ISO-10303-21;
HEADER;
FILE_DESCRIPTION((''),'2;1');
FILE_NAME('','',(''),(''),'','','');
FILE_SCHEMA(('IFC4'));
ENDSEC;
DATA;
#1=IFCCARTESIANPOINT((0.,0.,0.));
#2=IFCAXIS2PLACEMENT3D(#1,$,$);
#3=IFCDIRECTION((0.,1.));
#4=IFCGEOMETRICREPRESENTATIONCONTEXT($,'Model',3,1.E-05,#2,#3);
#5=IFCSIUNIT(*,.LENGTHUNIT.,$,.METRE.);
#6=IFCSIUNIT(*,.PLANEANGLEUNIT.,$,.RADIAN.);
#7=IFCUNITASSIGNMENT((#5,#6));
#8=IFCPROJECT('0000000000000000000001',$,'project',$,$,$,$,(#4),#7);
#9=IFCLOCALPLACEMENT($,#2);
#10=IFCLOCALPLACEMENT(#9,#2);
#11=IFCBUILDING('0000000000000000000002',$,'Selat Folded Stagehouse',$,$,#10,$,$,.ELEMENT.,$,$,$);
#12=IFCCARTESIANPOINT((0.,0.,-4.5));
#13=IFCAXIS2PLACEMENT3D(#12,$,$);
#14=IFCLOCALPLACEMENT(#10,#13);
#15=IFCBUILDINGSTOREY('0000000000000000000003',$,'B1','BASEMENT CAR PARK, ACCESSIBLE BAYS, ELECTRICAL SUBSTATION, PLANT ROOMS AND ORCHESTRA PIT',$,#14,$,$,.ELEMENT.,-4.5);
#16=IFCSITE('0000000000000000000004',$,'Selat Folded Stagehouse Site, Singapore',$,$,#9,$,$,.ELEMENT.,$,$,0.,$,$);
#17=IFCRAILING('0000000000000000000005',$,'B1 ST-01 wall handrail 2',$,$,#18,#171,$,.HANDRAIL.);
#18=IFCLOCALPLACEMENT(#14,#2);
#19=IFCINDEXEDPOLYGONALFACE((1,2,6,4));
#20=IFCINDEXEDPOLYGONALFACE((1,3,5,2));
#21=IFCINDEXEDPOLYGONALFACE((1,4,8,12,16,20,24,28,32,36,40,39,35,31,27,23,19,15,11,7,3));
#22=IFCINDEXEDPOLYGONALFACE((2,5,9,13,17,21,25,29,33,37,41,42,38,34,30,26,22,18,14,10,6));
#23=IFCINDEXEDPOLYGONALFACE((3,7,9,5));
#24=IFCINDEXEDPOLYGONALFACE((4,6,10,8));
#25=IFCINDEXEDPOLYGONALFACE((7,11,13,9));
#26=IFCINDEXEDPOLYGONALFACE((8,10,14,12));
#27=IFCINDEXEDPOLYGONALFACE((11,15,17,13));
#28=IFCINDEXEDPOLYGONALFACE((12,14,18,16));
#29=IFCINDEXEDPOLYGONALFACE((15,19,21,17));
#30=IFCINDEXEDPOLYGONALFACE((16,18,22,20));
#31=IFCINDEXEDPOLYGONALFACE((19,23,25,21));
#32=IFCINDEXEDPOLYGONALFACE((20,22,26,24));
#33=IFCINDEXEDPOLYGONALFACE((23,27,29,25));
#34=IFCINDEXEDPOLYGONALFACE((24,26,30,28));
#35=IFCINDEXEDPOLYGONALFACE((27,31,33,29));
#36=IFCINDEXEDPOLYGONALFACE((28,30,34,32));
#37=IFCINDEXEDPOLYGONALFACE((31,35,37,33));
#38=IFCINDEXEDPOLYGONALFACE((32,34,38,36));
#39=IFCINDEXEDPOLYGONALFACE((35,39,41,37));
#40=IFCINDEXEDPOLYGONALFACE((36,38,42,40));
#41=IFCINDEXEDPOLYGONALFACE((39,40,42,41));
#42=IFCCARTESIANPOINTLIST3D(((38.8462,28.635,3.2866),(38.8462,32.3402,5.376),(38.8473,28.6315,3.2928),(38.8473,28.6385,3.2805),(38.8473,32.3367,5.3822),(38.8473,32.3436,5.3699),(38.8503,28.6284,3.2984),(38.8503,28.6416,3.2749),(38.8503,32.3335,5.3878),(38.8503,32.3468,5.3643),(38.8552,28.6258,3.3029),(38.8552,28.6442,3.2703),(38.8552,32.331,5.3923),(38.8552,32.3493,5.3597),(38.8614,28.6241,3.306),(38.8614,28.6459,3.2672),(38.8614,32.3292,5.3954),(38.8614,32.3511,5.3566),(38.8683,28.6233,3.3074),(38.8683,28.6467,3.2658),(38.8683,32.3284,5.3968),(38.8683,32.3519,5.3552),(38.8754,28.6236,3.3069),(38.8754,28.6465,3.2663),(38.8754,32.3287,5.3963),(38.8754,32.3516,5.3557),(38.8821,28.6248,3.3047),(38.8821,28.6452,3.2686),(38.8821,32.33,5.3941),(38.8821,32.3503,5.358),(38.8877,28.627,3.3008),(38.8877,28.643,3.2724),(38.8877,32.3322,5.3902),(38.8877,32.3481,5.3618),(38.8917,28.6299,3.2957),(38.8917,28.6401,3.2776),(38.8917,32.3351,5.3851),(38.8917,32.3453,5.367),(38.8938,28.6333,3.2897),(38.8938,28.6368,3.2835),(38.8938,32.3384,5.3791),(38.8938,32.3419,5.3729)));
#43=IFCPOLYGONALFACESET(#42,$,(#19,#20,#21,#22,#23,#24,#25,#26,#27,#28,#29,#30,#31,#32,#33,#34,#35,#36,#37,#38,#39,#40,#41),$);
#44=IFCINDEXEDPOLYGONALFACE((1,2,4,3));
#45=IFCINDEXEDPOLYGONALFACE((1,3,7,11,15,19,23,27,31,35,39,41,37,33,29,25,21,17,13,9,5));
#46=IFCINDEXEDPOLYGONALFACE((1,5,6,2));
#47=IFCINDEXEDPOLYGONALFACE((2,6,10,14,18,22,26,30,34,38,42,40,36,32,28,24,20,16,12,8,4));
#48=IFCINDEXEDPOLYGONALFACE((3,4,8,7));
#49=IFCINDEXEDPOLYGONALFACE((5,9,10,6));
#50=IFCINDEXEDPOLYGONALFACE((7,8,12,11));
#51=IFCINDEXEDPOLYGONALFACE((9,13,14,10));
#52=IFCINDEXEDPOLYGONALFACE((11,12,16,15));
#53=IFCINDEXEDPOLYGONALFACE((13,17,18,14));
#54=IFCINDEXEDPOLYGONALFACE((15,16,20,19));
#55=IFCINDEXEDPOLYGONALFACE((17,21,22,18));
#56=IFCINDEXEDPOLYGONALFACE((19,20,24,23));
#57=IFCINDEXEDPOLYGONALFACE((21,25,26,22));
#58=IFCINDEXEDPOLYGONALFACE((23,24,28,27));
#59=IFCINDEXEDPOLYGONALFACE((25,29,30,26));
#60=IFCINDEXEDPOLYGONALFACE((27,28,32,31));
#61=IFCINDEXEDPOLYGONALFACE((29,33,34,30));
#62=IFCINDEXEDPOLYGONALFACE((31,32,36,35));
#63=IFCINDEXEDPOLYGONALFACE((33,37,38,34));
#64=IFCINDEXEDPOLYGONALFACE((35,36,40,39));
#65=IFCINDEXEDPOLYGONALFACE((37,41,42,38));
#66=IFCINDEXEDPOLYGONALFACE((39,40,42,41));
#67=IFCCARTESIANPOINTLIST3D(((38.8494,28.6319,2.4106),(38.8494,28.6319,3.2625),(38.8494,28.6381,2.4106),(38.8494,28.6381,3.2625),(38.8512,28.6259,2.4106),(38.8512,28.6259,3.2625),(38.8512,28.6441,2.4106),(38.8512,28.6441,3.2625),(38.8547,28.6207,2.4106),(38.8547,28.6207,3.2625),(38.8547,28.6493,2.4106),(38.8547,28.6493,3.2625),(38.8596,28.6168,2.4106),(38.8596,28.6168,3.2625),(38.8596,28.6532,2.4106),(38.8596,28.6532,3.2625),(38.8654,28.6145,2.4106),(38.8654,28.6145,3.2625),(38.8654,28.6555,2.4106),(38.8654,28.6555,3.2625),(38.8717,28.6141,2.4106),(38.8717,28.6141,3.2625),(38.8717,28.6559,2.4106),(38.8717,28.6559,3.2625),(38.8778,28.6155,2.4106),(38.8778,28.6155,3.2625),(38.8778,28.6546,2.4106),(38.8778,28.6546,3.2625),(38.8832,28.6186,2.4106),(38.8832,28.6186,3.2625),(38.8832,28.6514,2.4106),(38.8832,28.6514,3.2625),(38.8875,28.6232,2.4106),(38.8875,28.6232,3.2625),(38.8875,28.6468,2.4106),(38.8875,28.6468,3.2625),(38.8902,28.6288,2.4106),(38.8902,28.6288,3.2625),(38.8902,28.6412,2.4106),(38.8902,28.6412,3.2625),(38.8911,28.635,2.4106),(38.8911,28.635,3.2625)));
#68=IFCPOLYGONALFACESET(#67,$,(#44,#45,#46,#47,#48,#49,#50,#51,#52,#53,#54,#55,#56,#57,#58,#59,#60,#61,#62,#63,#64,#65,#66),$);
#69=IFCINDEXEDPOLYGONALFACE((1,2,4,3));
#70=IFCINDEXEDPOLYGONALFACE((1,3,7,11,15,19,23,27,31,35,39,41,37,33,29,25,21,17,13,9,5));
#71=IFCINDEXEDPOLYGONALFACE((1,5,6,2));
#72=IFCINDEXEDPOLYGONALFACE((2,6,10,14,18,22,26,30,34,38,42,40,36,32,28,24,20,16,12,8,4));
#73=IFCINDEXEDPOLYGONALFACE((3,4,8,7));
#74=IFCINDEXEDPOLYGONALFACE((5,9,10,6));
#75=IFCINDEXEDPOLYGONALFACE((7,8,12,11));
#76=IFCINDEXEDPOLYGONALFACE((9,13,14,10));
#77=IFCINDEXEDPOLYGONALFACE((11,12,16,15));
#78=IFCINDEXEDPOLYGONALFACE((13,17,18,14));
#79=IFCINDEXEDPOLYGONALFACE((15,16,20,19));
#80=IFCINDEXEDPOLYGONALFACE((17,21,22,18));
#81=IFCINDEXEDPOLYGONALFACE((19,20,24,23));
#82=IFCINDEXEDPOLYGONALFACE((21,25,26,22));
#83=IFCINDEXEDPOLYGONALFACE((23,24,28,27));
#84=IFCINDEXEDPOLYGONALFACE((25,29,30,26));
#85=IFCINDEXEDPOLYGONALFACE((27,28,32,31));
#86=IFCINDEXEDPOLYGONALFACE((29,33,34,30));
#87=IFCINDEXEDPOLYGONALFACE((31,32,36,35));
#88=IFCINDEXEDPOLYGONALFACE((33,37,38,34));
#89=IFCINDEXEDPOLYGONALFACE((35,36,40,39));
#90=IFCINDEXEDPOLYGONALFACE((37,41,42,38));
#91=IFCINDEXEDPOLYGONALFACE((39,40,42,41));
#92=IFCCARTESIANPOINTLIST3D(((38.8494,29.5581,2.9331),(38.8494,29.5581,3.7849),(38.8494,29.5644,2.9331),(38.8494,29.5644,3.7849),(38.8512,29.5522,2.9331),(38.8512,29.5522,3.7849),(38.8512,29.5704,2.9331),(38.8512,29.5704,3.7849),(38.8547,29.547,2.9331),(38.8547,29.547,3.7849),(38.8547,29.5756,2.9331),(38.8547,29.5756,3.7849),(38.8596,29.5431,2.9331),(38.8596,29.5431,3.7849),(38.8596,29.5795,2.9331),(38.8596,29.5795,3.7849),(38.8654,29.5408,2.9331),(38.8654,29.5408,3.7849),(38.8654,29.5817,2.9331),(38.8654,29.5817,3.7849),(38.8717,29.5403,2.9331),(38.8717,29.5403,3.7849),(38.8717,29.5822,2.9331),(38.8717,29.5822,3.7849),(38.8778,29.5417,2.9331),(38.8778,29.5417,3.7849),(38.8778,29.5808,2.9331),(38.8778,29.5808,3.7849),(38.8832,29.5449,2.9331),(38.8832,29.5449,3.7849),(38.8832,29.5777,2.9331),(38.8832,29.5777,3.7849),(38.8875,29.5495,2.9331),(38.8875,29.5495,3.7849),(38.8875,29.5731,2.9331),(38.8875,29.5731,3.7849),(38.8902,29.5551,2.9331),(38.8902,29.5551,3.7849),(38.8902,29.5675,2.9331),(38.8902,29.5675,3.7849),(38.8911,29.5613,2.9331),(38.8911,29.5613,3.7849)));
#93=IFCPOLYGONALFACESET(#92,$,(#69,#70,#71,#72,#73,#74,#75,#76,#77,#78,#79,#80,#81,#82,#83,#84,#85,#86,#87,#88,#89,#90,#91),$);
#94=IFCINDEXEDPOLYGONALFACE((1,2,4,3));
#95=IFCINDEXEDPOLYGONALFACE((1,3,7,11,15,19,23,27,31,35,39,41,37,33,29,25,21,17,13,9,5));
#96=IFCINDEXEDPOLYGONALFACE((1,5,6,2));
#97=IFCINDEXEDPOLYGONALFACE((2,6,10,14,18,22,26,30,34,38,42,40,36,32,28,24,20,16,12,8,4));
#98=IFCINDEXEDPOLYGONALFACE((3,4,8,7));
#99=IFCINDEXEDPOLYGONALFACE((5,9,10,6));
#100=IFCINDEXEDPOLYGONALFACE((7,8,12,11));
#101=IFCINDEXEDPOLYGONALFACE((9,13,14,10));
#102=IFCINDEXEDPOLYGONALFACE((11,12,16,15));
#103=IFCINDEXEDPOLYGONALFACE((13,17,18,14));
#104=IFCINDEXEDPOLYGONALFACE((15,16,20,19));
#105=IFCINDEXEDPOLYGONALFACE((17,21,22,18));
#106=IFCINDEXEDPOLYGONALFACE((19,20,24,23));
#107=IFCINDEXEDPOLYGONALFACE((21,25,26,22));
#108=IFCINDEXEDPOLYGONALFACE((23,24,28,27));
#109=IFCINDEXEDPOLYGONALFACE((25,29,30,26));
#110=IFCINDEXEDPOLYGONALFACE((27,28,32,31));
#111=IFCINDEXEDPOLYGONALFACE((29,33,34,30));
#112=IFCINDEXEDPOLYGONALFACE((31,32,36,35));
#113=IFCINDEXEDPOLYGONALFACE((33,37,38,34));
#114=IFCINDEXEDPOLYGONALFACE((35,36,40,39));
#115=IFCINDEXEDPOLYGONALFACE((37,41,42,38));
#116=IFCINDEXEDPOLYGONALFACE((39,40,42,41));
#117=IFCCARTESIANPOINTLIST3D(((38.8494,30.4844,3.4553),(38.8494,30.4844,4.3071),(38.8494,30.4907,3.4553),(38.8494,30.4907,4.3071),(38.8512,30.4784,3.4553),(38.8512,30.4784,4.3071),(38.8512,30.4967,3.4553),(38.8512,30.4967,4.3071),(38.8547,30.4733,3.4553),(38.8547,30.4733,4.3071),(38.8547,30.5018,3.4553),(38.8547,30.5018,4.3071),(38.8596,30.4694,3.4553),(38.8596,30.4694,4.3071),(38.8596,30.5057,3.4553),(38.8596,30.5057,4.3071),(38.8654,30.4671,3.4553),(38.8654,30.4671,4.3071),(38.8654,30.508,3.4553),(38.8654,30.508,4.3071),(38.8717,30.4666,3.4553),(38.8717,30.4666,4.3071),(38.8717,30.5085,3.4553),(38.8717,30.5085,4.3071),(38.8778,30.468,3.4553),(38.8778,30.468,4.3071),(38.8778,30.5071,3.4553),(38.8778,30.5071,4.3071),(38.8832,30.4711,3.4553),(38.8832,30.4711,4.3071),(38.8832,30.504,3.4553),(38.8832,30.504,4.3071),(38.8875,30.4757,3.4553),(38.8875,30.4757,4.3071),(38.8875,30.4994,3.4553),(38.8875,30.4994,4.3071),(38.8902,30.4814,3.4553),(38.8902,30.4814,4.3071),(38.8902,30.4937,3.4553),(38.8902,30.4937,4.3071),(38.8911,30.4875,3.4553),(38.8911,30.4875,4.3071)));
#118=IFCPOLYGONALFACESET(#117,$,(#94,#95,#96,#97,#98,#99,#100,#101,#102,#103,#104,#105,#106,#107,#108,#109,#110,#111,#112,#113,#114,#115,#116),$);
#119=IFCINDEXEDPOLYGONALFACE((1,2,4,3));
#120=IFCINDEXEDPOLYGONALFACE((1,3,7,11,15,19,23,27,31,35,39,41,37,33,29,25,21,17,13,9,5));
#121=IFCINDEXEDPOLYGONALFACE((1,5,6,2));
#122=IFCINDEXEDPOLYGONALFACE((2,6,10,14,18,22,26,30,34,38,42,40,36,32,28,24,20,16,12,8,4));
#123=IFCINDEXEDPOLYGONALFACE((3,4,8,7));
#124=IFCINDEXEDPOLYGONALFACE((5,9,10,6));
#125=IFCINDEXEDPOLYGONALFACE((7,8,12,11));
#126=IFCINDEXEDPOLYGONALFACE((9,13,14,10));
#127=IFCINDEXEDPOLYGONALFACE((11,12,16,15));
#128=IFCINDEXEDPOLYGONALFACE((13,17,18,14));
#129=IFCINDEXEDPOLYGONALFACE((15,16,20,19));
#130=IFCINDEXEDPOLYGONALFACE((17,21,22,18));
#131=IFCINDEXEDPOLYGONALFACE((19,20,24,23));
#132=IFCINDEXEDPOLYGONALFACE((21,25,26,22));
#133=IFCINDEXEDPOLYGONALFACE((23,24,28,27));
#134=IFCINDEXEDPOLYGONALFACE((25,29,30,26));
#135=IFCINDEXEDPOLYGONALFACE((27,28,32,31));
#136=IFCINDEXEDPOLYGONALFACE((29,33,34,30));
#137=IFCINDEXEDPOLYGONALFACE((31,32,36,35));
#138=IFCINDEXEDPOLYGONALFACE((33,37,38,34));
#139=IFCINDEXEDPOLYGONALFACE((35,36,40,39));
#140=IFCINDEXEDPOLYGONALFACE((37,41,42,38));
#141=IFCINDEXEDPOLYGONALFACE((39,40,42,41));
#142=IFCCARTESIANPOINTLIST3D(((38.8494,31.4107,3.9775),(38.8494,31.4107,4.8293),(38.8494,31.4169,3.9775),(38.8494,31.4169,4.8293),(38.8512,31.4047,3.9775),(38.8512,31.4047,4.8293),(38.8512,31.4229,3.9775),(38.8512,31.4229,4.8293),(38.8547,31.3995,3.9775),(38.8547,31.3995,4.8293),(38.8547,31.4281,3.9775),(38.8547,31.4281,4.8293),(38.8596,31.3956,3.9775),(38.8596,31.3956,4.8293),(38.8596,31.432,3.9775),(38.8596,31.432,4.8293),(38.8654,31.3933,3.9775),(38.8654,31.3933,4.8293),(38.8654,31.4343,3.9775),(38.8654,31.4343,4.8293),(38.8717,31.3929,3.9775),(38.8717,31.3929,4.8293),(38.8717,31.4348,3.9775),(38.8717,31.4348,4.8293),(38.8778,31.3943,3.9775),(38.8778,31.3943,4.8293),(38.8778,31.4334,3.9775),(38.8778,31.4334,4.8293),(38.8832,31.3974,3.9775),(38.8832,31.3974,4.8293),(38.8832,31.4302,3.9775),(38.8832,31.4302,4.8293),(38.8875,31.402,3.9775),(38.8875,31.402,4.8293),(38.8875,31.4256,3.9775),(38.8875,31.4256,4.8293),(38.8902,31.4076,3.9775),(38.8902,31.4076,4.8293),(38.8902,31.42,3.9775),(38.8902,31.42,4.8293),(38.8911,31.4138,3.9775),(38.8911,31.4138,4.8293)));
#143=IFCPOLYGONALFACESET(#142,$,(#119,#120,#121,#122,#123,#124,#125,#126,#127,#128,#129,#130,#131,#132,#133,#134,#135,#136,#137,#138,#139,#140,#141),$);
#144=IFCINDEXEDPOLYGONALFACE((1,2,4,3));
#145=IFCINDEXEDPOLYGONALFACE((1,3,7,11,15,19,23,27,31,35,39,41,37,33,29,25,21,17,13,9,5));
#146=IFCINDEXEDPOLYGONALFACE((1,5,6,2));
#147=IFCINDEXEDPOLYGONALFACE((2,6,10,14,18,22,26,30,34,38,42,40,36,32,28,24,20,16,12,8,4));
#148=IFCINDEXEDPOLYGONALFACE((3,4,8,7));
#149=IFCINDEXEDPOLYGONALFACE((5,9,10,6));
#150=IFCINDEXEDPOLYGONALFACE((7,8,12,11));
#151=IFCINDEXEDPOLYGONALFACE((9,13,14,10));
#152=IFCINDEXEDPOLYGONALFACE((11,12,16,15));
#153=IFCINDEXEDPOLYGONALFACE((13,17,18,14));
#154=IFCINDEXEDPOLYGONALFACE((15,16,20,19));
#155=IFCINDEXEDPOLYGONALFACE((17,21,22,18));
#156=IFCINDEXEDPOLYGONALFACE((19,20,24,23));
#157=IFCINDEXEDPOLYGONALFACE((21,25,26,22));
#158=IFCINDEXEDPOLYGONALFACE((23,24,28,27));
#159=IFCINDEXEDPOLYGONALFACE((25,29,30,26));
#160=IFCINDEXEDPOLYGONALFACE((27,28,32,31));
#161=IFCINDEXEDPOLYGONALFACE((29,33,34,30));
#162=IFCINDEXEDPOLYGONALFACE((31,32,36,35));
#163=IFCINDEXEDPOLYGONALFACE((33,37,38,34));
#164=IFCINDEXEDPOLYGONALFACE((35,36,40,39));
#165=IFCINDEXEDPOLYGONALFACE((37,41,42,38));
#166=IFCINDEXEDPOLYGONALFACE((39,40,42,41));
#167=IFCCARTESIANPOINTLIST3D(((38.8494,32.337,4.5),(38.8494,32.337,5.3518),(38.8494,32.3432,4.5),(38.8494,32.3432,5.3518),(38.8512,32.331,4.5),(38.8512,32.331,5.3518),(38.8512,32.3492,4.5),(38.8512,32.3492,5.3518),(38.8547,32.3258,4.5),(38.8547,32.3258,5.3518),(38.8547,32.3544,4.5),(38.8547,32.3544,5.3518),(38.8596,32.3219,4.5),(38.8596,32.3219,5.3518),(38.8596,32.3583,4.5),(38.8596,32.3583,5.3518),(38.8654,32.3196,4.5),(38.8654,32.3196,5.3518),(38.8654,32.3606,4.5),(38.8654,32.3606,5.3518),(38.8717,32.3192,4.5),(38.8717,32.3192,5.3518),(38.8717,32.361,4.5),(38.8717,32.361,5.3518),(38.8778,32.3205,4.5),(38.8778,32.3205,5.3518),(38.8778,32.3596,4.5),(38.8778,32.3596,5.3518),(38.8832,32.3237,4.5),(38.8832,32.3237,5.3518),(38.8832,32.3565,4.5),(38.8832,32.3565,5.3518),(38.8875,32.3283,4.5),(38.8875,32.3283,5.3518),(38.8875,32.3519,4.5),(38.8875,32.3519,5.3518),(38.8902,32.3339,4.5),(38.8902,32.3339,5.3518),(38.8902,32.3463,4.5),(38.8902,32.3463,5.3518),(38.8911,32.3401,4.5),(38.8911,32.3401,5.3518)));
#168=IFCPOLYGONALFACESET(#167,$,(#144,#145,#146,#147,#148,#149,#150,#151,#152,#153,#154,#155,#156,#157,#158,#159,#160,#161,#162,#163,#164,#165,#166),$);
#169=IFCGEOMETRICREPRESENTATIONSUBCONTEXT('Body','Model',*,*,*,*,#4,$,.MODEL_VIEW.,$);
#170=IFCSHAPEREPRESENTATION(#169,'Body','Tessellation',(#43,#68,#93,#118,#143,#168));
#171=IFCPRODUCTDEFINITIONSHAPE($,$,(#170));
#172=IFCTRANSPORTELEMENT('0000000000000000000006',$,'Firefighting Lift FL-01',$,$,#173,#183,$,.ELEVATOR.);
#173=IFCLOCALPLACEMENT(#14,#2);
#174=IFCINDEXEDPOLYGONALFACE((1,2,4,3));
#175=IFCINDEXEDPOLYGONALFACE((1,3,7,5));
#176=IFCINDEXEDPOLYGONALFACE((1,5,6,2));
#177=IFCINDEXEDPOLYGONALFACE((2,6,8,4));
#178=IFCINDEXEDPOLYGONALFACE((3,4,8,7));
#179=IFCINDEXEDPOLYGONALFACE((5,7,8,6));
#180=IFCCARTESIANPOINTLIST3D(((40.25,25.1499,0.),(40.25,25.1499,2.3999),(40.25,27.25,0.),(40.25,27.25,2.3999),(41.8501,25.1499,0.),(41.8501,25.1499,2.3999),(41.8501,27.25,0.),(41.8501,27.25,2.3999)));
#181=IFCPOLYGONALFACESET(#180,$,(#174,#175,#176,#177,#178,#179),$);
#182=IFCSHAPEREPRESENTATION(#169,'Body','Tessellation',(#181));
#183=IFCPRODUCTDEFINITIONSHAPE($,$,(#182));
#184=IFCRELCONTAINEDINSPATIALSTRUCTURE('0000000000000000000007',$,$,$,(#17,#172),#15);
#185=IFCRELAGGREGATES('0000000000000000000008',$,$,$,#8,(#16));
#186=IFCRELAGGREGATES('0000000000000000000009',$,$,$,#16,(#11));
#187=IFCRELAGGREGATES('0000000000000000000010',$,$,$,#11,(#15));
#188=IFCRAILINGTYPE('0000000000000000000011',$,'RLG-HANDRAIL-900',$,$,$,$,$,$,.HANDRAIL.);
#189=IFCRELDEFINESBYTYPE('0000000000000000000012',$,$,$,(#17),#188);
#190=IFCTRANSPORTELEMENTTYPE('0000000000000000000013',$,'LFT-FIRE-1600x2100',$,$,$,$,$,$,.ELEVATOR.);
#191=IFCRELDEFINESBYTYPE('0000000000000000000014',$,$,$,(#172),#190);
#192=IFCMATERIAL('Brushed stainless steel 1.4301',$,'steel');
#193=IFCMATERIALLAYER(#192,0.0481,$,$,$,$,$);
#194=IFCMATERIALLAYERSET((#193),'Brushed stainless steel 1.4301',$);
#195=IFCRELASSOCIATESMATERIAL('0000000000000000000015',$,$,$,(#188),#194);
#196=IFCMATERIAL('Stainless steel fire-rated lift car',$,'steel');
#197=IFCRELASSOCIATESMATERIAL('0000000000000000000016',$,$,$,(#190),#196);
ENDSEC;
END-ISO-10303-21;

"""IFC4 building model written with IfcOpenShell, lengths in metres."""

from ifc_helpers import new_model, si_unit, direction, frame, origin, origin_2d, place, context, subcontext, project, spatial, rectangle, circle, extrude, material, layer, layer_set, type_object, element, save


model = new_model("IFC4")

# Units and contexts
model_context = context("Model", 3, precision=1e-05, world=origin(), true_north=direction((0.0, 1.0)))
body_context = subcontext(model_context, "Body", "Model", "MODEL_VIEW")
ifc_project = project(units=[si_unit("LENGTHUNIT", "METRE"), si_unit("PLANEANGLEUNIT", "RADIAN")], contexts=[model_context])

# Site, building, storey
site_placement = place(None, origin())
site = spatial("IfcSite", under=ifc_project, at=site_placement, Name="Selat Folded Stagehouse Site, Singapore", CompositionType="ELEMENT", RefElevation=0.0)
building_placement = place(site_placement, origin())
building = spatial("IfcBuilding", under=site, at=building_placement, Name="Selat Folded Stagehouse", CompositionType="ELEMENT")
storey_placement = place(building_placement, frame((0.0, 0.0, -4.5)))
storey = spatial("IfcBuildingStorey", under=building, at=storey_placement, Name="B1", Description="BASEMENT CAR PARK, ACCESSIBLE BAYS, ELECTRICAL SUBSTATION, PLANT ROOMS AND ORCHESTRA PIT", CompositionType="ELEMENT", Elevation=-4.5)

# Railing
ifc_material_1 = material(Name="Brushed stainless steel 1.4301", Category="steel")
ifc_layer_1 = layer(ifc_material_1, 0.0481)
ifc_layer_set_1 = layer_set([ifc_layer_1], Name="Brushed stainless steel 1.4301")
railing_type_1 = type_object("IfcRailingType", Name="RLG-HANDRAIL-900", PredefinedType="HANDRAIL", material=ifc_layer_set_1)
railing_1_placement = place(storey_placement, frame((38.8701, 28.635, 2.4106)))
element("IfcRailing", 1, at=railing_1_placement, inside=storey, type_object=railing_type_1, Name="B1 ST-01 wall handrail 2", PredefinedType="HANDRAIL", context=body_context, shape_type="SweptSolid", body=[
    extrude(circle(Radius=0.0239, at=origin_2d()), frame((0.0, 0.0, 0.876), z_axis=(0.0, 0.871048, 0.491198), x_axis=(-1.0, 0.0, 0.0)), (0.0, 0.0, 1.0), 4.2537),
    extrude(circle(Radius=0.021, at=origin_2d()), origin(), (0.0, 0.0, 1.0), 0.8518),
    extrude(circle(Radius=0.021, at=origin_2d()), frame((0.0, 0.9263, 0.5225)), (0.0, 0.0, 1.0), 0.8518),
    extrude(circle(Radius=0.021, at=origin_2d()), frame((0.0, 1.8525, 1.0447)), (0.0, 0.0, 1.0), 0.8518),
    extrude(circle(Radius=0.021, at=origin_2d()), frame((0.0, 2.7788, 1.5669)), (0.0, 0.0, 1.0), 0.8518),
    extrude(circle(Radius=0.021, at=origin_2d()), frame((0.0, 3.7051, 2.0894)), (0.0, 0.0, 1.0), 0.8518),
])

# Transport element
ifc_material_2 = material(Name="Stainless steel fire-rated lift car", Category="steel")
transport_element_type = type_object("IfcTransportElementType", Name="LFT-FIRE-1600x2100", PredefinedType="ELEVATOR", material=ifc_material_2)
transport_element_placement = place(storey_placement, frame((41.05, 26.2, 0.0), z_axis=(0.0, 0.0, 1.0), x_axis=(1.0, 0.0, 0.0)))
element("IfcTransportElement", 2, at=transport_element_placement, inside=storey, type_object=transport_element_type, Name="Firefighting Lift FL-01", PredefinedType="ELEVATOR", context=body_context, shape_type="SweptSolid", body=[
    extrude(rectangle(XDim=1.6001, YDim=2.1001, at=origin_2d()), origin(), (0.0, 0.0, 1.0), 2.3999),
])

save(model, "model.ifc")
